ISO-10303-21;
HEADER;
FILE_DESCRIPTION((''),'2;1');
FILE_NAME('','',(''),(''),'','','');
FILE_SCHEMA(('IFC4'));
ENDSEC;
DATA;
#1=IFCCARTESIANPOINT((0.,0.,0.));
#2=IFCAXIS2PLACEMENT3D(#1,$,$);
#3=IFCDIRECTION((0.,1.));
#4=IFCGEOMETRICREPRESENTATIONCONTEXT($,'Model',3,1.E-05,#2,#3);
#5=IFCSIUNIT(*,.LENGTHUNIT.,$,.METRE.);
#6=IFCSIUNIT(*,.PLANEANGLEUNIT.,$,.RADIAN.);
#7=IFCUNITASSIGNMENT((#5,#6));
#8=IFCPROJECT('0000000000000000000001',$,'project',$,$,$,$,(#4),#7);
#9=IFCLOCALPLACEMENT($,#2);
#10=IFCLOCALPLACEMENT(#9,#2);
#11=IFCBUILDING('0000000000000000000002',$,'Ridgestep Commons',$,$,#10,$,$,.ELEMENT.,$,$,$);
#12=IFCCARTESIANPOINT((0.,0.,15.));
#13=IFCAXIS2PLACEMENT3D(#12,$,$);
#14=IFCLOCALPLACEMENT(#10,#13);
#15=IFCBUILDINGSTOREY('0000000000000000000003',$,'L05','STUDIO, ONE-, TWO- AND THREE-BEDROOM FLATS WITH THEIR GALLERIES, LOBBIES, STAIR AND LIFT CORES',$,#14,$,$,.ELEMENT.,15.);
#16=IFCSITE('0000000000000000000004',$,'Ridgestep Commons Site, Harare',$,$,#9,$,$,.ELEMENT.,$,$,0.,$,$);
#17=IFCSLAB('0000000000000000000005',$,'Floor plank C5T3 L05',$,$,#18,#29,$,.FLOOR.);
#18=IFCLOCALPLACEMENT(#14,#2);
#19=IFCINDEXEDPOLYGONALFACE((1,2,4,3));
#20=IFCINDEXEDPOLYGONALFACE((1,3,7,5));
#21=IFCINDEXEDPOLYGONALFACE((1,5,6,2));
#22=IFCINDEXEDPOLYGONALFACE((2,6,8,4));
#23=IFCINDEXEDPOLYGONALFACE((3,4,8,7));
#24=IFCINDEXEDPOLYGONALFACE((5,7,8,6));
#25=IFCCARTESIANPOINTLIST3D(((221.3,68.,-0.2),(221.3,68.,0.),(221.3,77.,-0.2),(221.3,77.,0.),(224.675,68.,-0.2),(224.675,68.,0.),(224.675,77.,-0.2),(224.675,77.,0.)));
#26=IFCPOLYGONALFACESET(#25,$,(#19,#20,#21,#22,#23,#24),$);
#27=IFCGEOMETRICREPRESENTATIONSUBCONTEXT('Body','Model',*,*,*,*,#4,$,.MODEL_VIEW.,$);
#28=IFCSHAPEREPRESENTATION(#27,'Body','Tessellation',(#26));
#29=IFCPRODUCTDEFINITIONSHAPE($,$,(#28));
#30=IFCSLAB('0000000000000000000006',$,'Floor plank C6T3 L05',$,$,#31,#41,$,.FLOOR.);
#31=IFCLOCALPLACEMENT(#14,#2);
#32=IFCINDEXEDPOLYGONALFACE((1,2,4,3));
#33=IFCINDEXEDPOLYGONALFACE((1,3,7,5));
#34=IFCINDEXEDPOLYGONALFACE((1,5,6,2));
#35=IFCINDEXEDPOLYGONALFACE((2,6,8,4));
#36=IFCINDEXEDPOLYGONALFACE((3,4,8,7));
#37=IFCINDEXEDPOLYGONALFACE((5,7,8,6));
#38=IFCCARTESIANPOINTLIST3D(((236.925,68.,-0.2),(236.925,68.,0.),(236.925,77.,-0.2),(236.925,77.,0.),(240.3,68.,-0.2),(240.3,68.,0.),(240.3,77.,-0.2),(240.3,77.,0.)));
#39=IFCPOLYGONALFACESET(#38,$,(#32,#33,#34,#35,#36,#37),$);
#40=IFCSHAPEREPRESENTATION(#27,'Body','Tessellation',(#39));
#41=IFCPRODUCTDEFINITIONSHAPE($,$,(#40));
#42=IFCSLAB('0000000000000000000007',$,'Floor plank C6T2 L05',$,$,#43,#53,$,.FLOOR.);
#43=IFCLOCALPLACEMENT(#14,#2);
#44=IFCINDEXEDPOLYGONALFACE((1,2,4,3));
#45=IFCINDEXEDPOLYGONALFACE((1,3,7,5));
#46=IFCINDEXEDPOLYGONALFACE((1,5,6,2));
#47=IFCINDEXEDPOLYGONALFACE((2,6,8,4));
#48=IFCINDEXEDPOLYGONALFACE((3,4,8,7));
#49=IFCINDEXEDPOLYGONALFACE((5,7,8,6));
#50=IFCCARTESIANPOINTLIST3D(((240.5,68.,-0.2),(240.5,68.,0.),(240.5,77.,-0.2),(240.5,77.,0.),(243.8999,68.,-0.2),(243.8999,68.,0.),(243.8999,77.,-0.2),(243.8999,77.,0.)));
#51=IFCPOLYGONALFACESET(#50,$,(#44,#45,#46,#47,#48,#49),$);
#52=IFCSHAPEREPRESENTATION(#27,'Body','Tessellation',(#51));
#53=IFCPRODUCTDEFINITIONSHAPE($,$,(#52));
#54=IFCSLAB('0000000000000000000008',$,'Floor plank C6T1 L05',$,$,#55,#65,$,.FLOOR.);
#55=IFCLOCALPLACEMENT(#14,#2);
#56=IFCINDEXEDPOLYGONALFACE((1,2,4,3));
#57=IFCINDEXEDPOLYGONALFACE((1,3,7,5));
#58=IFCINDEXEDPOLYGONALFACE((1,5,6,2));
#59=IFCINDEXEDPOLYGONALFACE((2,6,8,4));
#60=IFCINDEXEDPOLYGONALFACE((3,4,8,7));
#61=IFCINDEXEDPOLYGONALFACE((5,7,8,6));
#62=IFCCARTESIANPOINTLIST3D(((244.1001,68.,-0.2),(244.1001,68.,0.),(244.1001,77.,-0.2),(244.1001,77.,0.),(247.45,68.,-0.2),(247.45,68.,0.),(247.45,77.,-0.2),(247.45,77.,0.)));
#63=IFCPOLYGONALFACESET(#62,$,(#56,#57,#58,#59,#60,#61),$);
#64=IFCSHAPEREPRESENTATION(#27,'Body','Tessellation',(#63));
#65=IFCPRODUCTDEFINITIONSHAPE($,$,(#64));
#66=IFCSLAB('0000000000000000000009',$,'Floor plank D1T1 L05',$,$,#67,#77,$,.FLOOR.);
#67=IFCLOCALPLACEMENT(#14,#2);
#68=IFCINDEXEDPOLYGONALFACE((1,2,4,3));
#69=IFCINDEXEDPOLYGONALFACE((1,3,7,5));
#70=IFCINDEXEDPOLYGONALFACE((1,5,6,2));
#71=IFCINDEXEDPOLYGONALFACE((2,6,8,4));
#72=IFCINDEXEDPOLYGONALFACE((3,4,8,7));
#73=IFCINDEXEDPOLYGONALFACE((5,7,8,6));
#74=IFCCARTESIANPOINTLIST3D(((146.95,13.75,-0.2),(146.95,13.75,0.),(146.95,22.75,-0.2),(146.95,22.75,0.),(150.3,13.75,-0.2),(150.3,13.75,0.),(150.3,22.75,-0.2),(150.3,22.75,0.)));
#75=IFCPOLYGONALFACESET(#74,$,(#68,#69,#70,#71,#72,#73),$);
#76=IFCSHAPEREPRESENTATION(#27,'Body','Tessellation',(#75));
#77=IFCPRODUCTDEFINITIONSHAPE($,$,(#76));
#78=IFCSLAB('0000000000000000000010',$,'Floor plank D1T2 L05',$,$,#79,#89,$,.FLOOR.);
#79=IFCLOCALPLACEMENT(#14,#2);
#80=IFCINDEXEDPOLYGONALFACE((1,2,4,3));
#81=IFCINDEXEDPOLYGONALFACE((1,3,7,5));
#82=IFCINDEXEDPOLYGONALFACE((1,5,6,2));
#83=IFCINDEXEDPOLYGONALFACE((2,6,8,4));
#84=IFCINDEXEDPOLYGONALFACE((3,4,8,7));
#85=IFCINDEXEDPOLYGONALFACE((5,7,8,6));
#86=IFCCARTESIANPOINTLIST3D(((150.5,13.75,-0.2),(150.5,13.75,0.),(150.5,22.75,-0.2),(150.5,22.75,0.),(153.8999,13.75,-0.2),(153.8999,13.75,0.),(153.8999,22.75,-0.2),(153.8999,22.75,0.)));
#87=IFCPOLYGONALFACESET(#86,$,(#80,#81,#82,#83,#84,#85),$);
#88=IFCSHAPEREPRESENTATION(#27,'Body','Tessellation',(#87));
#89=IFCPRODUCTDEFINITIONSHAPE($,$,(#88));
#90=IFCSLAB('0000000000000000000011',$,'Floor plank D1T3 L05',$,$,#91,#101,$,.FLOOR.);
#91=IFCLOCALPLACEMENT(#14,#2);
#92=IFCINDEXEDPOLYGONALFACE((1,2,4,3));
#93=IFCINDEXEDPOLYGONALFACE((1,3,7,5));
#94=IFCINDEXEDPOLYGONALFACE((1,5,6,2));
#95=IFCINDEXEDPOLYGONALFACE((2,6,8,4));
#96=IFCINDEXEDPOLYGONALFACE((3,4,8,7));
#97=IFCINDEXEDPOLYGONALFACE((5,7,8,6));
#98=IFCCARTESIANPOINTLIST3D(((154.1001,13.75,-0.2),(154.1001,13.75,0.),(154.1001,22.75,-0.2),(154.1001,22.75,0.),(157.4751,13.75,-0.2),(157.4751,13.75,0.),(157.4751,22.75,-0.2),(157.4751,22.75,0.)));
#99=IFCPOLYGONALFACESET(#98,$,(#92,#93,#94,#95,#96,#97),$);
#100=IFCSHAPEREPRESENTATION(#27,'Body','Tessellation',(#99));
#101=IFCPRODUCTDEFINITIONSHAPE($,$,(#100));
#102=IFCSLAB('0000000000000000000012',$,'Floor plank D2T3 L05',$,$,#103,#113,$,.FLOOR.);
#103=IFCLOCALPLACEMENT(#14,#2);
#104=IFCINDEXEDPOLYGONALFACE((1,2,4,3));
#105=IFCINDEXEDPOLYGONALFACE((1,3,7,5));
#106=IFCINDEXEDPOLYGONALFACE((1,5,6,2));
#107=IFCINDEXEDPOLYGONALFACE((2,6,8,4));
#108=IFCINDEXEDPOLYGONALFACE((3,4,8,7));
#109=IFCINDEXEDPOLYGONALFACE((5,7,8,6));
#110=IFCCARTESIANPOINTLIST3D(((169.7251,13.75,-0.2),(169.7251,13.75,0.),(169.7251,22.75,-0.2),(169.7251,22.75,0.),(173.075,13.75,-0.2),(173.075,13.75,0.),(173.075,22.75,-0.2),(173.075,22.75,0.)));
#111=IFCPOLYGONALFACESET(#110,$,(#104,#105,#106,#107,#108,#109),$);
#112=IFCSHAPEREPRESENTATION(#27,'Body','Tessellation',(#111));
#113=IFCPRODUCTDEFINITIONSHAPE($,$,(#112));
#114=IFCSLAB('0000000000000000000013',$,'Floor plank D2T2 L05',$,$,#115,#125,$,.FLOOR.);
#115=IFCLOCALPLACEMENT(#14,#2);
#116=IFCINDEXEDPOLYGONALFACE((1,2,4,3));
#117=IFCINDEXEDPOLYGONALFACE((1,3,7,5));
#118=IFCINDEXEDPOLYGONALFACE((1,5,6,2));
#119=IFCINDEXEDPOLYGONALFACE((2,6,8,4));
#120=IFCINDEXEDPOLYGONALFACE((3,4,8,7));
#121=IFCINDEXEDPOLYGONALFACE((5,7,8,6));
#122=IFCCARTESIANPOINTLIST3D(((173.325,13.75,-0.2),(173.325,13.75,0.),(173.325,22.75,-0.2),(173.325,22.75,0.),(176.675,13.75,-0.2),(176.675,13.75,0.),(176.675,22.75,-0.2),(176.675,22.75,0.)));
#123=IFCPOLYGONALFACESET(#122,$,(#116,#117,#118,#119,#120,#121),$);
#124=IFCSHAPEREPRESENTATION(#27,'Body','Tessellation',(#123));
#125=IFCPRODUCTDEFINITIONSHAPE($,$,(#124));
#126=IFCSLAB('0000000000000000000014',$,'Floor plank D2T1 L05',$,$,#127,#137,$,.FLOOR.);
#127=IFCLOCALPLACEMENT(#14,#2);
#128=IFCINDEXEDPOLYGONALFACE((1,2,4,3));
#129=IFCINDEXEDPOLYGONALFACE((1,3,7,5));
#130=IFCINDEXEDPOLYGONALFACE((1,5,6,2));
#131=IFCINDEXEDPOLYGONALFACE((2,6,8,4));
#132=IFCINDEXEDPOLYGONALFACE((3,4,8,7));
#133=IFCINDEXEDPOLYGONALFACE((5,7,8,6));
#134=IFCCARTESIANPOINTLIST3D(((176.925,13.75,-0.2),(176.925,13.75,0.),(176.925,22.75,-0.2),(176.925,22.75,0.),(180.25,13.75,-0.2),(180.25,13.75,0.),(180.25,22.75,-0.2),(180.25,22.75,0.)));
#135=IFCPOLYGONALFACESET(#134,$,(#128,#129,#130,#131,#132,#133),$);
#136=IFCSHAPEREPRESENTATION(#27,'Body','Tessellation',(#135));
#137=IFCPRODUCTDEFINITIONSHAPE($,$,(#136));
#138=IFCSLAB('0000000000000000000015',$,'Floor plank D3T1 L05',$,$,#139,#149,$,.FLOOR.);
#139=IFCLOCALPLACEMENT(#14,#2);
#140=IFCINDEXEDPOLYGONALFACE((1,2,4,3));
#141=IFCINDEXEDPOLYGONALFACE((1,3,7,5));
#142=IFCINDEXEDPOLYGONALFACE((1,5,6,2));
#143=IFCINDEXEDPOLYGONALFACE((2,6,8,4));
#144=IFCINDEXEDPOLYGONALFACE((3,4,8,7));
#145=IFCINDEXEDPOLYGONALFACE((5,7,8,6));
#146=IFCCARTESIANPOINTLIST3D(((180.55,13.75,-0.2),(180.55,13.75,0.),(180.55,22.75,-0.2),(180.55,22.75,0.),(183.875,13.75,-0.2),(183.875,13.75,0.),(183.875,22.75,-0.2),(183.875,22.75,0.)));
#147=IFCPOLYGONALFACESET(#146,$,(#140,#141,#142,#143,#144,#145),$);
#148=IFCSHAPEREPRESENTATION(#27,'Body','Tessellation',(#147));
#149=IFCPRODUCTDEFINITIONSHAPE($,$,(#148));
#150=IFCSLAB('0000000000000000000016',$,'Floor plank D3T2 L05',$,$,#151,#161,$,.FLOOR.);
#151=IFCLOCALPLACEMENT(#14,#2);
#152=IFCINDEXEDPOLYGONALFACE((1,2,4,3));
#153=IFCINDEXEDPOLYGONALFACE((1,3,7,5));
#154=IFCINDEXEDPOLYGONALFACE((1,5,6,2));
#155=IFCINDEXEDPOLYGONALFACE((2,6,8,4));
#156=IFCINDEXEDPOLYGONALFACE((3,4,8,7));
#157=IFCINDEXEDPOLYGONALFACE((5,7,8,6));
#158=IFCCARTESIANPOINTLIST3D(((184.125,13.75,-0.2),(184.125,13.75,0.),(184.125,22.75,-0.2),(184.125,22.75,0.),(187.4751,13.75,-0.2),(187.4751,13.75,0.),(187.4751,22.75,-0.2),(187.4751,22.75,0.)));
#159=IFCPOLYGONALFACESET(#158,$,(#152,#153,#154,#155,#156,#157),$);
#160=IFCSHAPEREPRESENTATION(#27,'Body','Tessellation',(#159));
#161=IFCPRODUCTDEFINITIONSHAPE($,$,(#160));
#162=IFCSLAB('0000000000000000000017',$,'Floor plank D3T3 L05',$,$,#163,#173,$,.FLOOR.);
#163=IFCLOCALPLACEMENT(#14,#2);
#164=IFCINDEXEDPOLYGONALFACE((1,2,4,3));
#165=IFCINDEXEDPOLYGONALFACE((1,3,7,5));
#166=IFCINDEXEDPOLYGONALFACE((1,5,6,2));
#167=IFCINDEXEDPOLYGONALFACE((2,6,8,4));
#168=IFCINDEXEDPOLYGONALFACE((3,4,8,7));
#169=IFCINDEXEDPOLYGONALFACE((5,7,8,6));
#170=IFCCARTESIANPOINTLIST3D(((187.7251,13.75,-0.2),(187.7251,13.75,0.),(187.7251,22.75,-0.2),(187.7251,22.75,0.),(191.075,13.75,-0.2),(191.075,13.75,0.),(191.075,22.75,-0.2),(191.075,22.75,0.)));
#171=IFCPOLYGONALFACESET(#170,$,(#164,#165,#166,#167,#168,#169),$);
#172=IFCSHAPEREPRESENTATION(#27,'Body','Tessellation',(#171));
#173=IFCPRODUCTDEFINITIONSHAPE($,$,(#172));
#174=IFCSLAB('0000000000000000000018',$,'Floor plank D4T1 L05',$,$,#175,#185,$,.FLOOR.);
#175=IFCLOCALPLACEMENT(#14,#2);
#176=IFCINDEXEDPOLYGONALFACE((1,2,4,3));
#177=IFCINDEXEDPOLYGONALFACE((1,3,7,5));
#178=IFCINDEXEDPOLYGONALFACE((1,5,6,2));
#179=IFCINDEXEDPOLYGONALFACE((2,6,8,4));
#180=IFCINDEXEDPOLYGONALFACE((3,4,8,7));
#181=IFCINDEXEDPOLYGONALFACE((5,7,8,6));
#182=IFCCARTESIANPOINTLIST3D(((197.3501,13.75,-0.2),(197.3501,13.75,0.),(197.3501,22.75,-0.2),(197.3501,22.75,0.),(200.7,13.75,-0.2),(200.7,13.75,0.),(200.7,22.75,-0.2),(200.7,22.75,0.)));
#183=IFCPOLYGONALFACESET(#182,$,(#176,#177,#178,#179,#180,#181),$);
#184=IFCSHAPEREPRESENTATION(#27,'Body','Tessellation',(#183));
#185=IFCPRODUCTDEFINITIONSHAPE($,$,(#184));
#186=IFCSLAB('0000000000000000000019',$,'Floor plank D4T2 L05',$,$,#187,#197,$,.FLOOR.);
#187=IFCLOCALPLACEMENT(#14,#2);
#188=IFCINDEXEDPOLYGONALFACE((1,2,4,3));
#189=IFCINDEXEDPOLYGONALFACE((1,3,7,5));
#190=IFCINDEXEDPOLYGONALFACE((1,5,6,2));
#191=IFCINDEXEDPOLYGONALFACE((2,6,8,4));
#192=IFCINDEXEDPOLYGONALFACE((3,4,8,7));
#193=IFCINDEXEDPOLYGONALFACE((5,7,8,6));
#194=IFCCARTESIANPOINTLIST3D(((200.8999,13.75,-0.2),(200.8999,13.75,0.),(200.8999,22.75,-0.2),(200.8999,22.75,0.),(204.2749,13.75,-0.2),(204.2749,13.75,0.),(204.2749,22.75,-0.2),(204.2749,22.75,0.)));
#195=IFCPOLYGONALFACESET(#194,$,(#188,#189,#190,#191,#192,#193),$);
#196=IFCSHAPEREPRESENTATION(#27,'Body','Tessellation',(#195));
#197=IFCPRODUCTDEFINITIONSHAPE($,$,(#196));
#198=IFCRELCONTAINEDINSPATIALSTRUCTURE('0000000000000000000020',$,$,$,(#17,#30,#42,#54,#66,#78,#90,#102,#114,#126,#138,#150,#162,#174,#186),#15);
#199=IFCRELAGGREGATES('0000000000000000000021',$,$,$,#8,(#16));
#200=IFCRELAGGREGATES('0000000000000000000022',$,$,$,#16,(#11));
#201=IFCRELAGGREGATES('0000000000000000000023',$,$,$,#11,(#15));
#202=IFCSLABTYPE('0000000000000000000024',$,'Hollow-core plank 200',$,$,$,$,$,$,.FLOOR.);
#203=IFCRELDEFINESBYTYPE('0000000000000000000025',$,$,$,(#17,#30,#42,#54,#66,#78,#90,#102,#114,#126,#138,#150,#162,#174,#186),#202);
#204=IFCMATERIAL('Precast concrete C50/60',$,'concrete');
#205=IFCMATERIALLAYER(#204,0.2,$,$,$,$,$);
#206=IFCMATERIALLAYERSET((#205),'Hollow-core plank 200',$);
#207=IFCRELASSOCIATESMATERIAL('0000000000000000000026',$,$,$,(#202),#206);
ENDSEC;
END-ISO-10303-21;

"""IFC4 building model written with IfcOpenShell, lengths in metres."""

from ifc_helpers import new_model, si_unit, direction, frame, origin, place, context, subcontext, project, spatial, polyline, outline, extrude, material, layer, layer_set, type_object, element, save


model = new_model("IFC4")

# Units and contexts
model_context = context("Model", 3, precision=1e-05, world=origin(), true_north=direction((0.0, 1.0)))
body_context = subcontext(model_context, "Body", "Model", "MODEL_VIEW")
ifc_project = project(units=[si_unit("LENGTHUNIT", "METRE"), si_unit("PLANEANGLEUNIT", "RADIAN")], contexts=[model_context])

# Site, building, storey
site_placement = place(None, origin())
site = spatial("IfcSite", under=ifc_project, at=site_placement, Name="Ridgestep Commons Site, Harare", CompositionType="ELEMENT", RefElevation=0.0)
building_placement = place(site_placement, origin())
building = spatial("IfcBuilding", under=site, at=building_placement, Name="Ridgestep Commons", CompositionType="ELEMENT")
storey_placement = place(building_placement, frame((0.0, 0.0, 15.0)))
storey = spatial("IfcBuildingStorey", under=building, at=storey_placement, Name="L05", Description="STUDIO, ONE-, TWO- AND THREE-BEDROOM FLATS WITH THEIR GALLERIES, LOBBIES, STAIR AND LIFT CORES", CompositionType="ELEMENT", Elevation=15.0)

# Slabs
ifc_material_1 = material(Name="Precast concrete C50/60", Category="concrete")
ifc_layer_1 = layer(ifc_material_1, 0.2)
ifc_layer_set_1 = layer_set([ifc_layer_1], Name="Hollow-core plank 200")
slab_type_1 = type_object("IfcSlabType", Name="Hollow-core plank 200", PredefinedType="FLOOR", material=ifc_layer_set_1)
slab_1_placement = place(storey_placement, frame((0.0, 0.0, -0.2)))
element("IfcSlab", 1, at=slab_1_placement, inside=storey, type_object=slab_type_1, Name="Floor plank C5T3 L05", PredefinedType="FLOOR", context=body_context, shape_type="SweptSolid", body=[
    extrude(outline(polyline([(224.675, 68.0), (224.675, 77.0), (221.3, 77.0), (221.3, 68.0), (224.675, 68.0)])), origin(), (0.0, 0.0, 1.0), 0.2),
])
slab_2_placement = place(storey_placement, frame((0.0, 0.0, -0.2)))
element("IfcSlab", 2, at=slab_2_placement, inside=storey, type_object=slab_type_1, Name="Floor plank C6T3 L05", PredefinedType="FLOOR", context=body_context, shape_type="SweptSolid", body=[
    extrude(outline(polyline([(240.3, 68.0), (240.3, 77.0), (236.925, 77.0), (236.925, 68.0), (240.3, 68.0)])), origin(), (0.0, 0.0, 1.0), 0.2),
])
slab_3_placement = place(storey_placement, frame((0.0, 0.0, -0.2)))
element("IfcSlab", 3, at=slab_3_placement, inside=storey, type_object=slab_type_1, Name="Floor plank C6T2 L05", PredefinedType="FLOOR", context=body_context, shape_type="SweptSolid", body=[
    extrude(outline(polyline([(243.8999, 68.0), (243.8999, 77.0), (240.5, 77.0), (240.5, 68.0), (243.8999, 68.0)])), origin(), (0.0, 0.0, 1.0), 0.2),
])
slab_4_placement = place(storey_placement, frame((0.0, 0.0, -0.2)))
element("IfcSlab", 4, at=slab_4_placement, inside=storey, type_object=slab_type_1, Name="Floor plank C6T1 L05", PredefinedType="FLOOR", context=body_context, shape_type="SweptSolid", body=[
    extrude(outline(polyline([(247.45, 68.0), (247.45, 77.0), (244.1001, 77.0), (244.1001, 68.0), (247.45, 68.0)])), origin(), (0.0, 0.0, 1.0), 0.2),
])
slab_5_placement = place(storey_placement, frame((0.0, 0.0, -0.2)))
element("IfcSlab", 5, at=slab_5_placement, inside=storey, type_object=slab_type_1, Name="Floor plank D1T1 L05", PredefinedType="FLOOR", context=body_context, shape_type="SweptSolid", body=[
    extrude(outline(polyline([(150.3, 13.75), (150.3, 22.75), (146.95, 22.75), (146.95, 13.75), (150.3, 13.75)])), origin(), (0.0, 0.0, 1.0), 0.2),
])
slab_6_placement = place(storey_placement, frame((0.0, 0.0, -0.2)))
element("IfcSlab", 6, at=slab_6_placement, inside=storey, type_object=slab_type_1, Name="Floor plank D1T2 L05", PredefinedType="FLOOR", context=body_context, shape_type="SweptSolid", body=[
    extrude(outline(polyline([(153.8999, 13.75), (153.8999, 22.75), (150.5, 22.75), (150.5, 13.75), (153.8999, 13.75)])), origin(), (0.0, 0.0, 1.0), 0.2),
])
slab_7_placement = place(storey_placement, frame((0.0, 0.0, -0.2)))
element("IfcSlab", 7, at=slab_7_placement, inside=storey, type_object=slab_type_1, Name="Floor plank D1T3 L05", PredefinedType="FLOOR", context=body_context, shape_type="SweptSolid", body=[
    extrude(outline(polyline([(157.4751, 13.75), (157.4751, 22.75), (154.1001, 22.75), (154.1001, 13.75), (157.4751, 13.75)])), origin(), (0.0, 0.0, 1.0), 0.2),
])
slab_8_placement = place(storey_placement, frame((0.0, 0.0, -0.2)))
element("IfcSlab", 8, at=slab_8_placement, inside=storey, type_object=slab_type_1, Name="Floor plank D2T3 L05", PredefinedType="FLOOR", context=body_context, shape_type="SweptSolid", body=[
    extrude(outline(polyline([(173.075, 13.75), (173.075, 22.75), (169.7251, 22.75), (169.7251, 13.75), (173.075, 13.75)])), origin(), (0.0, 0.0, 1.0), 0.2),
])
slab_9_placement = place(storey_placement, frame((0.0, 0.0, -0.2)))
element("IfcSlab", 9, at=slab_9_placement, inside=storey, type_object=slab_type_1, Name="Floor plank D2T2 L05", PredefinedType="FLOOR", context=body_context, shape_type="SweptSolid", body=[
    extrude(outline(polyline([(176.675, 13.75), (176.675, 22.75), (173.325, 22.75), (173.325, 13.75), (176.675, 13.75)])), origin(), (0.0, 0.0, 1.0), 0.2),
])
slab_10_placement = place(storey_placement, frame((0.0, 0.0, -0.2)))
element("IfcSlab", 10, at=slab_10_placement, inside=storey, type_object=slab_type_1, Name="Floor plank D2T1 L05", PredefinedType="FLOOR", context=body_context, shape_type="SweptSolid", body=[
    extrude(outline(polyline([(180.25, 13.75), (180.25, 22.75), (176.925, 22.75), (176.925, 13.75), (180.25, 13.75)])), origin(), (0.0, 0.0, 1.0), 0.2),
])
slab_11_placement = place(storey_placement, frame((0.0, 0.0, -0.2)))
element("IfcSlab", 11, at=slab_11_placement, inside=storey, type_object=slab_type_1, Name="Floor plank D3T1 L05", PredefinedType="FLOOR", context=body_context, shape_type="SweptSolid", body=[
    extrude(outline(polyline([(183.875, 13.75), (183.875, 22.75), (180.55, 22.75), (180.55, 13.75), (183.875, 13.75)])), origin(), (0.0, 0.0, 1.0), 0.2),
])
slab_12_placement = place(storey_placement, frame((0.0, 0.0, -0.2)))
element("IfcSlab", 12, at=slab_12_placement, inside=storey, type_object=slab_type_1, Name="Floor plank D3T2 L05", PredefinedType="FLOOR", context=body_context, shape_type="SweptSolid", body=[
    extrude(outline(polyline([(187.4751, 13.75), (187.4751, 22.75), (184.125, 22.75), (184.125, 13.75), (187.4751, 13.75)])), origin(), (0.0, 0.0, 1.0), 0.2),
])
slab_13_placement = place(storey_placement, frame((0.0, 0.0, -0.2)))
element("IfcSlab", 13, at=slab_13_placement, inside=storey, type_object=slab_type_1, Name="Floor plank D3T3 L05", PredefinedType="FLOOR", context=body_context, shape_type="SweptSolid", body=[
    extrude(outline(polyline([(191.075, 13.75), (191.075, 22.75), (187.7251, 22.75), (187.7251, 13.75), (191.075, 13.75)])), origin(), (0.0, 0.0, 1.0), 0.2),
])
slab_14_placement = place(storey_placement, frame((0.0, 0.0, -0.2)))
element("IfcSlab", 14, at=slab_14_placement, inside=storey, type_object=slab_type_1, Name="Floor plank D4T1 L05", PredefinedType="FLOOR", context=body_context, shape_type="SweptSolid", body=[
    extrude(outline(polyline([(200.7, 13.75), (200.7, 22.75), (197.3501, 22.75), (197.3501, 13.75), (200.7, 13.75)])), origin(), (0.0, 0.0, 1.0), 0.2),
])
slab_15_placement = place(storey_placement, frame((0.0, 0.0, -0.2)))
element("IfcSlab", 15, at=slab_15_placement, inside=storey, type_object=slab_type_1, Name="Floor plank D4T2 L05", PredefinedType="FLOOR", context=body_context, shape_type="SweptSolid", body=[
    extrude(outline(polyline([(204.2749, 13.75), (204.2749, 22.75), (200.8999, 22.75), (200.8999, 13.75), (204.2749, 13.75)])), origin(), (0.0, 0.0, 1.0), 0.2),
])

save(model, "model.ifc")
